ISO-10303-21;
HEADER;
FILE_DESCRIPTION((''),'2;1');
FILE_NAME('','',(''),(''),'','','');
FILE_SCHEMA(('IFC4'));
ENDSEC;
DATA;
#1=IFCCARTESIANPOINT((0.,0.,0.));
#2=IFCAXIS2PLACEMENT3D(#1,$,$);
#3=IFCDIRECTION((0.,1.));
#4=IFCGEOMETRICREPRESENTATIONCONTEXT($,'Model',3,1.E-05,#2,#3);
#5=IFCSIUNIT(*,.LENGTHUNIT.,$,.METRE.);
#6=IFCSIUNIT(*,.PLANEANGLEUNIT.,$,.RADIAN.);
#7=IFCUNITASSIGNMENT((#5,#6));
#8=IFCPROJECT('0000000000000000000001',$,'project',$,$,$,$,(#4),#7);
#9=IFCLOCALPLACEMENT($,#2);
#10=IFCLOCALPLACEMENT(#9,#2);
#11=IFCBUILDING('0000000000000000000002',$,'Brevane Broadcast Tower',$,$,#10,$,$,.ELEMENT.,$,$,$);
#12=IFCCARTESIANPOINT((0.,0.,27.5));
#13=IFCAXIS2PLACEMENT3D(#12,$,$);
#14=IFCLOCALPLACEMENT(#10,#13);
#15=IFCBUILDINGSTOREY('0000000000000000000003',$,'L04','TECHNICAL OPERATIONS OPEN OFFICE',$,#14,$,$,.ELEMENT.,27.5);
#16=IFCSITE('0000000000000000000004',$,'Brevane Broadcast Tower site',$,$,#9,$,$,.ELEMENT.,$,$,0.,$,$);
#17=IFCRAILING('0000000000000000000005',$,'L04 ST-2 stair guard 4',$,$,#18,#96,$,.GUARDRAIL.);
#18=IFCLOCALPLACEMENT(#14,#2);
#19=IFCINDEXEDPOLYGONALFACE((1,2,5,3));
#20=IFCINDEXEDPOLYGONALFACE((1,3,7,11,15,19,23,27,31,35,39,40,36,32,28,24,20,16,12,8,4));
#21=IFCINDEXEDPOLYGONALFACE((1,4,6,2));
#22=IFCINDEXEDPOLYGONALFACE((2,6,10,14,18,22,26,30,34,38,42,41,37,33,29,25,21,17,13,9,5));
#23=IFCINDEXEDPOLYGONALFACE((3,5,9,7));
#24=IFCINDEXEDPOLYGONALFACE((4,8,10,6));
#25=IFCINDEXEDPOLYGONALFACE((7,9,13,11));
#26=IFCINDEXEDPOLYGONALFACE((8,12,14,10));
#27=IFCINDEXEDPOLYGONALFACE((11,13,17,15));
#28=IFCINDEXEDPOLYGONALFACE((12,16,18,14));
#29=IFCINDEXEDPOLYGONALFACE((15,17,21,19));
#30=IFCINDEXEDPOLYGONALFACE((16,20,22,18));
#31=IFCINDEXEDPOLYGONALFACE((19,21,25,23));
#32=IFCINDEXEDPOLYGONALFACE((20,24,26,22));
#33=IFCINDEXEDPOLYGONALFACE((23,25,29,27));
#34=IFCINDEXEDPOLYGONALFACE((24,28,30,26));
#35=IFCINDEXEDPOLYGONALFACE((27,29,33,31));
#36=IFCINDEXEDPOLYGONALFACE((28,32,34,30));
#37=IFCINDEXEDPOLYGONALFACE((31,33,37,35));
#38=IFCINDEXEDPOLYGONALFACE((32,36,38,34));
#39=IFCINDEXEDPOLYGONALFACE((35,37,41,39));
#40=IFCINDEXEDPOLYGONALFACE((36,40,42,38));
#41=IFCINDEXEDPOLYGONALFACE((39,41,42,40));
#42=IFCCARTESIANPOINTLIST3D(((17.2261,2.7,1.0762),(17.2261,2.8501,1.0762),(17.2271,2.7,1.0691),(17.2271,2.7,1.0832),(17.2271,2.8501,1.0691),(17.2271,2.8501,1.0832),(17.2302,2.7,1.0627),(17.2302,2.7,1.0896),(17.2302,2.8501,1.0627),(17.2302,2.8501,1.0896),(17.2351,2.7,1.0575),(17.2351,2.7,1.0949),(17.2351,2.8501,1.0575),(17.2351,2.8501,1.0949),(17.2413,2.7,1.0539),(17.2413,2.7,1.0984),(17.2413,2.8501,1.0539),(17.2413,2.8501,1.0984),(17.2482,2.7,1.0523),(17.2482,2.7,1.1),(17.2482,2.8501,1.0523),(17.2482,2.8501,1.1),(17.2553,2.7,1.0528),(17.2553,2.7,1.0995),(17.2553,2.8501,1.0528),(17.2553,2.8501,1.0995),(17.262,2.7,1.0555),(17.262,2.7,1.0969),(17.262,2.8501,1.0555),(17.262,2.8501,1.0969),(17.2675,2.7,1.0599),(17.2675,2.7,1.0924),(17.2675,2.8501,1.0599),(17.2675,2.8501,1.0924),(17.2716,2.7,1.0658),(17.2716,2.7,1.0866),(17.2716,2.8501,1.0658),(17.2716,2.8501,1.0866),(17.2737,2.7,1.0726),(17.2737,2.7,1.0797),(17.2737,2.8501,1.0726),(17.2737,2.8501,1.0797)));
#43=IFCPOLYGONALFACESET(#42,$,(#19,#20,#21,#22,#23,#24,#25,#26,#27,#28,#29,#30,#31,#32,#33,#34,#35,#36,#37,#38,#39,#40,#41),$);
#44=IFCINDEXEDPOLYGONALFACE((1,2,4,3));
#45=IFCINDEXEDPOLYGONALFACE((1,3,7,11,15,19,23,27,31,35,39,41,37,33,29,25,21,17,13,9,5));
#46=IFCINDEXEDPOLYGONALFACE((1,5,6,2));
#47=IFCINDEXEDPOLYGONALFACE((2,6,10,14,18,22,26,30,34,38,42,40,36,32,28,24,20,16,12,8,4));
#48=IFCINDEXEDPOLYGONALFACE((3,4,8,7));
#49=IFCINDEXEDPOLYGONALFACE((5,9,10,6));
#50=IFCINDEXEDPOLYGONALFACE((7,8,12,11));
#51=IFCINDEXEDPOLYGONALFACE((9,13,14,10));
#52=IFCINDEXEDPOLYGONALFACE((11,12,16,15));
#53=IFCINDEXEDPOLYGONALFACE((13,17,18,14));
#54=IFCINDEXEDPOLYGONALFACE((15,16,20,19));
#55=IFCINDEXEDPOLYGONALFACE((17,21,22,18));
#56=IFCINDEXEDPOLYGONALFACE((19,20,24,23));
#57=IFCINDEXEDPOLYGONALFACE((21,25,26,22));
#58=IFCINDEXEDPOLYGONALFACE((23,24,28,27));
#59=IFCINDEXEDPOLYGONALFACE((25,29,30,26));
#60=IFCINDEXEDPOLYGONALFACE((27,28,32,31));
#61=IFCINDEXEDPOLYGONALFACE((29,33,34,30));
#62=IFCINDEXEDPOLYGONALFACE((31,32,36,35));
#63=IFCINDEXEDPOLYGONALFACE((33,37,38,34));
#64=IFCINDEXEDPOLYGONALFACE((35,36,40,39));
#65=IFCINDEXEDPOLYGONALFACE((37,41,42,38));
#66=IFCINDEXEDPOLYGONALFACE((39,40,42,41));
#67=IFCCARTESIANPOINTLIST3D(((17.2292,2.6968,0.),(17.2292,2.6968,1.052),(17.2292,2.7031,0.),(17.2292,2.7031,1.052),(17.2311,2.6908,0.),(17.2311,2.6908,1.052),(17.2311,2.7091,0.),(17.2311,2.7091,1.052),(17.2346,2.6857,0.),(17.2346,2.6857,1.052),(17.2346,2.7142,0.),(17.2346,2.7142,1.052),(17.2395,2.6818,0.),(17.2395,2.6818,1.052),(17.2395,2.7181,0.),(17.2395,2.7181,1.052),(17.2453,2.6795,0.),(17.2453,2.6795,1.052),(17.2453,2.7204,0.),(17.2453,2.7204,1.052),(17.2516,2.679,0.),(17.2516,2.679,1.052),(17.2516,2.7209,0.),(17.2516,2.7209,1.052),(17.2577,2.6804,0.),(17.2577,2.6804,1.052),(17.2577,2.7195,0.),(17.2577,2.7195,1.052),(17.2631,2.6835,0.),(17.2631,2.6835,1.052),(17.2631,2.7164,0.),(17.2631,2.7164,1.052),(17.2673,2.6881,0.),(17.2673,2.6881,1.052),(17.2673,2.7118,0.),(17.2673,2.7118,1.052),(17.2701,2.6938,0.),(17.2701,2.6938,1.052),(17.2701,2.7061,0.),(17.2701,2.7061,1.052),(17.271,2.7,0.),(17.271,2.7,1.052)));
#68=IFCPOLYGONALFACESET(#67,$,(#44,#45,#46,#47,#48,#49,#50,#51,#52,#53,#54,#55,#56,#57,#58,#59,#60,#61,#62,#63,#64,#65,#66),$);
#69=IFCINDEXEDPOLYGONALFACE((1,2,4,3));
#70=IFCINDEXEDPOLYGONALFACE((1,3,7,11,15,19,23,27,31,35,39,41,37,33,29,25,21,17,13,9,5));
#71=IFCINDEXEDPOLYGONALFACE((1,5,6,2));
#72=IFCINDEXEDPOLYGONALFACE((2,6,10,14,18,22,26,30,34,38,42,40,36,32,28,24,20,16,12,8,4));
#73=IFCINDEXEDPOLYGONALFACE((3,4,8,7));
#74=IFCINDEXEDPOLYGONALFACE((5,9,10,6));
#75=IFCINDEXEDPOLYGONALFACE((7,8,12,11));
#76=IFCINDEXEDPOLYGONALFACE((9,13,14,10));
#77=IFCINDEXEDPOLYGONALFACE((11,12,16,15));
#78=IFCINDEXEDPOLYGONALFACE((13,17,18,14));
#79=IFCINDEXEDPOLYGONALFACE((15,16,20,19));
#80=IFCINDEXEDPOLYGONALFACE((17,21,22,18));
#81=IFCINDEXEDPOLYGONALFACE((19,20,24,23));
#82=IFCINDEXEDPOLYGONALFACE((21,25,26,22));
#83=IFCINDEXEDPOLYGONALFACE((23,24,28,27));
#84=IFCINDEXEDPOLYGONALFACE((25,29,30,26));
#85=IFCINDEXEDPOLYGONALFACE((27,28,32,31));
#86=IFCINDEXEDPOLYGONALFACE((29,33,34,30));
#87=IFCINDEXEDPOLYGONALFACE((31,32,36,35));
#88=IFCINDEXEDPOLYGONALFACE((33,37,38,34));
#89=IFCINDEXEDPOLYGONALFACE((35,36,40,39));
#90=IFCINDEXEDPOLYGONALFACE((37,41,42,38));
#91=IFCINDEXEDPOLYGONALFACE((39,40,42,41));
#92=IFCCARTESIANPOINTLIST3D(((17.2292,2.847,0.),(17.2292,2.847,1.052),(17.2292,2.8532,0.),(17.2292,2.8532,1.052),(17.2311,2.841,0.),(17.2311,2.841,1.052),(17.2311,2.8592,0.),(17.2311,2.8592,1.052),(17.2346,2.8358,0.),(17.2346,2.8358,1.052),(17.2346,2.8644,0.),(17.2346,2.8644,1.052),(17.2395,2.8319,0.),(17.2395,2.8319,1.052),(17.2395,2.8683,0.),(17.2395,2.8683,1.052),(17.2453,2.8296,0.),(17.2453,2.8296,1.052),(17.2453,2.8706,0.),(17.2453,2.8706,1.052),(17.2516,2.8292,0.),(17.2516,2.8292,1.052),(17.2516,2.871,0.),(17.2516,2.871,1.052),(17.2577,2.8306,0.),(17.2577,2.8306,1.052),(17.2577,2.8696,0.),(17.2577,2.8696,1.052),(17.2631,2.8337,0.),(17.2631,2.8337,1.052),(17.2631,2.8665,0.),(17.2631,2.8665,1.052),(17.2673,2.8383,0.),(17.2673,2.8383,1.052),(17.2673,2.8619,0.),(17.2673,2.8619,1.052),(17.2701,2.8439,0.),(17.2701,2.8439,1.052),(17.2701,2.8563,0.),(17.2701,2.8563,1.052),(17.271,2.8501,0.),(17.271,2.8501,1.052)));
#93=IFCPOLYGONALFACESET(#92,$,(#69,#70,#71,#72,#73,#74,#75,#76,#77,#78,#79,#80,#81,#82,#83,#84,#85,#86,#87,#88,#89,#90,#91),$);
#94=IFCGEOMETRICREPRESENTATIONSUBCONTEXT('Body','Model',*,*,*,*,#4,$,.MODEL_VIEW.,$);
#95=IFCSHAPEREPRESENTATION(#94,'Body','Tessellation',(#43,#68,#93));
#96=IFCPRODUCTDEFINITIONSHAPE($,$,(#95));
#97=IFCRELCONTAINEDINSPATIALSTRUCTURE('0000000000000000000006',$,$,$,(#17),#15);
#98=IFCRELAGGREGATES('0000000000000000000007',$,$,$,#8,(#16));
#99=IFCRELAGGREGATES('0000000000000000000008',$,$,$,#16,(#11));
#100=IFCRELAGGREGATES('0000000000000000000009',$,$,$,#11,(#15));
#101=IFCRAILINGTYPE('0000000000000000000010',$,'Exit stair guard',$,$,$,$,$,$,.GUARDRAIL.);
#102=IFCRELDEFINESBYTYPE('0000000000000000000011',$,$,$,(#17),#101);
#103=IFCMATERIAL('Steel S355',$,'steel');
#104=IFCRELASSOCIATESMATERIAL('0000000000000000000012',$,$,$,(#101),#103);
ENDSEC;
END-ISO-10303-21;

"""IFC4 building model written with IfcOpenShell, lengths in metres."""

from ifc_helpers import new_model, si_unit, direction, frame, origin, origin_2d, place, context, subcontext, project, spatial, circle, extrude, material, type_object, element, save


model = new_model("IFC4")

# Units and contexts
model_context = context("Model", 3, precision=1e-05, world=origin(), true_north=direction((0.0, 1.0)))
body_context = subcontext(model_context, "Body", "Model", "MODEL_VIEW")
ifc_project = project(units=[si_unit("LENGTHUNIT", "METRE"), si_unit("PLANEANGLEUNIT", "RADIAN")], contexts=[model_context])

# Site, building, storey
site_placement = place(None, origin())
site = spatial("IfcSite", under=ifc_project, at=site_placement, Name="Brevane Broadcast Tower site", CompositionType="ELEMENT", RefElevation=0.0)
building_placement = place(site_placement, origin())
building = spatial("IfcBuilding", under=site, at=building_placement, Name="Brevane Broadcast Tower", CompositionType="ELEMENT")
storey_placement = place(building_placement, frame((0.0, 0.0, 27.5)))
storey = spatial("IfcBuildingStorey", under=building, at=storey_placement, Name="L04", Description="TECHNICAL OPERATIONS OPEN OFFICE", CompositionType="ELEMENT", Elevation=27.5)

# Railing
ifc_material_1 = material(Name="Steel S355", Category="steel")
railing_type_1 = type_object("IfcRailingType", Name="Exit stair guard", PredefinedType="GUARDRAIL", material=ifc_material_1)
railing_1_placement = place(storey_placement, frame((17.25, 2.7, 0.0)))
element("IfcRailing", 1, at=railing_1_placement, inside=storey, type_object=railing_type_1, Name="L04 ST-2 stair guard 4", PredefinedType="GUARDRAIL", context=body_context, shape_type="SweptSolid", body=[
    extrude(circle(Radius=0.0239, at=origin_2d()), frame((0.0, 0.0, 1.0762), z_axis=(0.0, 1.0, 0.0), x_axis=(-1.0, 0.0, 0.0)), (0.0, 0.0, 1.0), 0.1501),
    extrude(circle(Radius=0.021, at=origin_2d()), origin(), (0.0, 0.0, 1.0), 1.052),
    extrude(circle(Radius=0.021, at=origin_2d()), frame((0.0, 0.1501, 0.0)), (0.0, 0.0, 1.0), 1.052),
])

save(model, "model.ifc")
